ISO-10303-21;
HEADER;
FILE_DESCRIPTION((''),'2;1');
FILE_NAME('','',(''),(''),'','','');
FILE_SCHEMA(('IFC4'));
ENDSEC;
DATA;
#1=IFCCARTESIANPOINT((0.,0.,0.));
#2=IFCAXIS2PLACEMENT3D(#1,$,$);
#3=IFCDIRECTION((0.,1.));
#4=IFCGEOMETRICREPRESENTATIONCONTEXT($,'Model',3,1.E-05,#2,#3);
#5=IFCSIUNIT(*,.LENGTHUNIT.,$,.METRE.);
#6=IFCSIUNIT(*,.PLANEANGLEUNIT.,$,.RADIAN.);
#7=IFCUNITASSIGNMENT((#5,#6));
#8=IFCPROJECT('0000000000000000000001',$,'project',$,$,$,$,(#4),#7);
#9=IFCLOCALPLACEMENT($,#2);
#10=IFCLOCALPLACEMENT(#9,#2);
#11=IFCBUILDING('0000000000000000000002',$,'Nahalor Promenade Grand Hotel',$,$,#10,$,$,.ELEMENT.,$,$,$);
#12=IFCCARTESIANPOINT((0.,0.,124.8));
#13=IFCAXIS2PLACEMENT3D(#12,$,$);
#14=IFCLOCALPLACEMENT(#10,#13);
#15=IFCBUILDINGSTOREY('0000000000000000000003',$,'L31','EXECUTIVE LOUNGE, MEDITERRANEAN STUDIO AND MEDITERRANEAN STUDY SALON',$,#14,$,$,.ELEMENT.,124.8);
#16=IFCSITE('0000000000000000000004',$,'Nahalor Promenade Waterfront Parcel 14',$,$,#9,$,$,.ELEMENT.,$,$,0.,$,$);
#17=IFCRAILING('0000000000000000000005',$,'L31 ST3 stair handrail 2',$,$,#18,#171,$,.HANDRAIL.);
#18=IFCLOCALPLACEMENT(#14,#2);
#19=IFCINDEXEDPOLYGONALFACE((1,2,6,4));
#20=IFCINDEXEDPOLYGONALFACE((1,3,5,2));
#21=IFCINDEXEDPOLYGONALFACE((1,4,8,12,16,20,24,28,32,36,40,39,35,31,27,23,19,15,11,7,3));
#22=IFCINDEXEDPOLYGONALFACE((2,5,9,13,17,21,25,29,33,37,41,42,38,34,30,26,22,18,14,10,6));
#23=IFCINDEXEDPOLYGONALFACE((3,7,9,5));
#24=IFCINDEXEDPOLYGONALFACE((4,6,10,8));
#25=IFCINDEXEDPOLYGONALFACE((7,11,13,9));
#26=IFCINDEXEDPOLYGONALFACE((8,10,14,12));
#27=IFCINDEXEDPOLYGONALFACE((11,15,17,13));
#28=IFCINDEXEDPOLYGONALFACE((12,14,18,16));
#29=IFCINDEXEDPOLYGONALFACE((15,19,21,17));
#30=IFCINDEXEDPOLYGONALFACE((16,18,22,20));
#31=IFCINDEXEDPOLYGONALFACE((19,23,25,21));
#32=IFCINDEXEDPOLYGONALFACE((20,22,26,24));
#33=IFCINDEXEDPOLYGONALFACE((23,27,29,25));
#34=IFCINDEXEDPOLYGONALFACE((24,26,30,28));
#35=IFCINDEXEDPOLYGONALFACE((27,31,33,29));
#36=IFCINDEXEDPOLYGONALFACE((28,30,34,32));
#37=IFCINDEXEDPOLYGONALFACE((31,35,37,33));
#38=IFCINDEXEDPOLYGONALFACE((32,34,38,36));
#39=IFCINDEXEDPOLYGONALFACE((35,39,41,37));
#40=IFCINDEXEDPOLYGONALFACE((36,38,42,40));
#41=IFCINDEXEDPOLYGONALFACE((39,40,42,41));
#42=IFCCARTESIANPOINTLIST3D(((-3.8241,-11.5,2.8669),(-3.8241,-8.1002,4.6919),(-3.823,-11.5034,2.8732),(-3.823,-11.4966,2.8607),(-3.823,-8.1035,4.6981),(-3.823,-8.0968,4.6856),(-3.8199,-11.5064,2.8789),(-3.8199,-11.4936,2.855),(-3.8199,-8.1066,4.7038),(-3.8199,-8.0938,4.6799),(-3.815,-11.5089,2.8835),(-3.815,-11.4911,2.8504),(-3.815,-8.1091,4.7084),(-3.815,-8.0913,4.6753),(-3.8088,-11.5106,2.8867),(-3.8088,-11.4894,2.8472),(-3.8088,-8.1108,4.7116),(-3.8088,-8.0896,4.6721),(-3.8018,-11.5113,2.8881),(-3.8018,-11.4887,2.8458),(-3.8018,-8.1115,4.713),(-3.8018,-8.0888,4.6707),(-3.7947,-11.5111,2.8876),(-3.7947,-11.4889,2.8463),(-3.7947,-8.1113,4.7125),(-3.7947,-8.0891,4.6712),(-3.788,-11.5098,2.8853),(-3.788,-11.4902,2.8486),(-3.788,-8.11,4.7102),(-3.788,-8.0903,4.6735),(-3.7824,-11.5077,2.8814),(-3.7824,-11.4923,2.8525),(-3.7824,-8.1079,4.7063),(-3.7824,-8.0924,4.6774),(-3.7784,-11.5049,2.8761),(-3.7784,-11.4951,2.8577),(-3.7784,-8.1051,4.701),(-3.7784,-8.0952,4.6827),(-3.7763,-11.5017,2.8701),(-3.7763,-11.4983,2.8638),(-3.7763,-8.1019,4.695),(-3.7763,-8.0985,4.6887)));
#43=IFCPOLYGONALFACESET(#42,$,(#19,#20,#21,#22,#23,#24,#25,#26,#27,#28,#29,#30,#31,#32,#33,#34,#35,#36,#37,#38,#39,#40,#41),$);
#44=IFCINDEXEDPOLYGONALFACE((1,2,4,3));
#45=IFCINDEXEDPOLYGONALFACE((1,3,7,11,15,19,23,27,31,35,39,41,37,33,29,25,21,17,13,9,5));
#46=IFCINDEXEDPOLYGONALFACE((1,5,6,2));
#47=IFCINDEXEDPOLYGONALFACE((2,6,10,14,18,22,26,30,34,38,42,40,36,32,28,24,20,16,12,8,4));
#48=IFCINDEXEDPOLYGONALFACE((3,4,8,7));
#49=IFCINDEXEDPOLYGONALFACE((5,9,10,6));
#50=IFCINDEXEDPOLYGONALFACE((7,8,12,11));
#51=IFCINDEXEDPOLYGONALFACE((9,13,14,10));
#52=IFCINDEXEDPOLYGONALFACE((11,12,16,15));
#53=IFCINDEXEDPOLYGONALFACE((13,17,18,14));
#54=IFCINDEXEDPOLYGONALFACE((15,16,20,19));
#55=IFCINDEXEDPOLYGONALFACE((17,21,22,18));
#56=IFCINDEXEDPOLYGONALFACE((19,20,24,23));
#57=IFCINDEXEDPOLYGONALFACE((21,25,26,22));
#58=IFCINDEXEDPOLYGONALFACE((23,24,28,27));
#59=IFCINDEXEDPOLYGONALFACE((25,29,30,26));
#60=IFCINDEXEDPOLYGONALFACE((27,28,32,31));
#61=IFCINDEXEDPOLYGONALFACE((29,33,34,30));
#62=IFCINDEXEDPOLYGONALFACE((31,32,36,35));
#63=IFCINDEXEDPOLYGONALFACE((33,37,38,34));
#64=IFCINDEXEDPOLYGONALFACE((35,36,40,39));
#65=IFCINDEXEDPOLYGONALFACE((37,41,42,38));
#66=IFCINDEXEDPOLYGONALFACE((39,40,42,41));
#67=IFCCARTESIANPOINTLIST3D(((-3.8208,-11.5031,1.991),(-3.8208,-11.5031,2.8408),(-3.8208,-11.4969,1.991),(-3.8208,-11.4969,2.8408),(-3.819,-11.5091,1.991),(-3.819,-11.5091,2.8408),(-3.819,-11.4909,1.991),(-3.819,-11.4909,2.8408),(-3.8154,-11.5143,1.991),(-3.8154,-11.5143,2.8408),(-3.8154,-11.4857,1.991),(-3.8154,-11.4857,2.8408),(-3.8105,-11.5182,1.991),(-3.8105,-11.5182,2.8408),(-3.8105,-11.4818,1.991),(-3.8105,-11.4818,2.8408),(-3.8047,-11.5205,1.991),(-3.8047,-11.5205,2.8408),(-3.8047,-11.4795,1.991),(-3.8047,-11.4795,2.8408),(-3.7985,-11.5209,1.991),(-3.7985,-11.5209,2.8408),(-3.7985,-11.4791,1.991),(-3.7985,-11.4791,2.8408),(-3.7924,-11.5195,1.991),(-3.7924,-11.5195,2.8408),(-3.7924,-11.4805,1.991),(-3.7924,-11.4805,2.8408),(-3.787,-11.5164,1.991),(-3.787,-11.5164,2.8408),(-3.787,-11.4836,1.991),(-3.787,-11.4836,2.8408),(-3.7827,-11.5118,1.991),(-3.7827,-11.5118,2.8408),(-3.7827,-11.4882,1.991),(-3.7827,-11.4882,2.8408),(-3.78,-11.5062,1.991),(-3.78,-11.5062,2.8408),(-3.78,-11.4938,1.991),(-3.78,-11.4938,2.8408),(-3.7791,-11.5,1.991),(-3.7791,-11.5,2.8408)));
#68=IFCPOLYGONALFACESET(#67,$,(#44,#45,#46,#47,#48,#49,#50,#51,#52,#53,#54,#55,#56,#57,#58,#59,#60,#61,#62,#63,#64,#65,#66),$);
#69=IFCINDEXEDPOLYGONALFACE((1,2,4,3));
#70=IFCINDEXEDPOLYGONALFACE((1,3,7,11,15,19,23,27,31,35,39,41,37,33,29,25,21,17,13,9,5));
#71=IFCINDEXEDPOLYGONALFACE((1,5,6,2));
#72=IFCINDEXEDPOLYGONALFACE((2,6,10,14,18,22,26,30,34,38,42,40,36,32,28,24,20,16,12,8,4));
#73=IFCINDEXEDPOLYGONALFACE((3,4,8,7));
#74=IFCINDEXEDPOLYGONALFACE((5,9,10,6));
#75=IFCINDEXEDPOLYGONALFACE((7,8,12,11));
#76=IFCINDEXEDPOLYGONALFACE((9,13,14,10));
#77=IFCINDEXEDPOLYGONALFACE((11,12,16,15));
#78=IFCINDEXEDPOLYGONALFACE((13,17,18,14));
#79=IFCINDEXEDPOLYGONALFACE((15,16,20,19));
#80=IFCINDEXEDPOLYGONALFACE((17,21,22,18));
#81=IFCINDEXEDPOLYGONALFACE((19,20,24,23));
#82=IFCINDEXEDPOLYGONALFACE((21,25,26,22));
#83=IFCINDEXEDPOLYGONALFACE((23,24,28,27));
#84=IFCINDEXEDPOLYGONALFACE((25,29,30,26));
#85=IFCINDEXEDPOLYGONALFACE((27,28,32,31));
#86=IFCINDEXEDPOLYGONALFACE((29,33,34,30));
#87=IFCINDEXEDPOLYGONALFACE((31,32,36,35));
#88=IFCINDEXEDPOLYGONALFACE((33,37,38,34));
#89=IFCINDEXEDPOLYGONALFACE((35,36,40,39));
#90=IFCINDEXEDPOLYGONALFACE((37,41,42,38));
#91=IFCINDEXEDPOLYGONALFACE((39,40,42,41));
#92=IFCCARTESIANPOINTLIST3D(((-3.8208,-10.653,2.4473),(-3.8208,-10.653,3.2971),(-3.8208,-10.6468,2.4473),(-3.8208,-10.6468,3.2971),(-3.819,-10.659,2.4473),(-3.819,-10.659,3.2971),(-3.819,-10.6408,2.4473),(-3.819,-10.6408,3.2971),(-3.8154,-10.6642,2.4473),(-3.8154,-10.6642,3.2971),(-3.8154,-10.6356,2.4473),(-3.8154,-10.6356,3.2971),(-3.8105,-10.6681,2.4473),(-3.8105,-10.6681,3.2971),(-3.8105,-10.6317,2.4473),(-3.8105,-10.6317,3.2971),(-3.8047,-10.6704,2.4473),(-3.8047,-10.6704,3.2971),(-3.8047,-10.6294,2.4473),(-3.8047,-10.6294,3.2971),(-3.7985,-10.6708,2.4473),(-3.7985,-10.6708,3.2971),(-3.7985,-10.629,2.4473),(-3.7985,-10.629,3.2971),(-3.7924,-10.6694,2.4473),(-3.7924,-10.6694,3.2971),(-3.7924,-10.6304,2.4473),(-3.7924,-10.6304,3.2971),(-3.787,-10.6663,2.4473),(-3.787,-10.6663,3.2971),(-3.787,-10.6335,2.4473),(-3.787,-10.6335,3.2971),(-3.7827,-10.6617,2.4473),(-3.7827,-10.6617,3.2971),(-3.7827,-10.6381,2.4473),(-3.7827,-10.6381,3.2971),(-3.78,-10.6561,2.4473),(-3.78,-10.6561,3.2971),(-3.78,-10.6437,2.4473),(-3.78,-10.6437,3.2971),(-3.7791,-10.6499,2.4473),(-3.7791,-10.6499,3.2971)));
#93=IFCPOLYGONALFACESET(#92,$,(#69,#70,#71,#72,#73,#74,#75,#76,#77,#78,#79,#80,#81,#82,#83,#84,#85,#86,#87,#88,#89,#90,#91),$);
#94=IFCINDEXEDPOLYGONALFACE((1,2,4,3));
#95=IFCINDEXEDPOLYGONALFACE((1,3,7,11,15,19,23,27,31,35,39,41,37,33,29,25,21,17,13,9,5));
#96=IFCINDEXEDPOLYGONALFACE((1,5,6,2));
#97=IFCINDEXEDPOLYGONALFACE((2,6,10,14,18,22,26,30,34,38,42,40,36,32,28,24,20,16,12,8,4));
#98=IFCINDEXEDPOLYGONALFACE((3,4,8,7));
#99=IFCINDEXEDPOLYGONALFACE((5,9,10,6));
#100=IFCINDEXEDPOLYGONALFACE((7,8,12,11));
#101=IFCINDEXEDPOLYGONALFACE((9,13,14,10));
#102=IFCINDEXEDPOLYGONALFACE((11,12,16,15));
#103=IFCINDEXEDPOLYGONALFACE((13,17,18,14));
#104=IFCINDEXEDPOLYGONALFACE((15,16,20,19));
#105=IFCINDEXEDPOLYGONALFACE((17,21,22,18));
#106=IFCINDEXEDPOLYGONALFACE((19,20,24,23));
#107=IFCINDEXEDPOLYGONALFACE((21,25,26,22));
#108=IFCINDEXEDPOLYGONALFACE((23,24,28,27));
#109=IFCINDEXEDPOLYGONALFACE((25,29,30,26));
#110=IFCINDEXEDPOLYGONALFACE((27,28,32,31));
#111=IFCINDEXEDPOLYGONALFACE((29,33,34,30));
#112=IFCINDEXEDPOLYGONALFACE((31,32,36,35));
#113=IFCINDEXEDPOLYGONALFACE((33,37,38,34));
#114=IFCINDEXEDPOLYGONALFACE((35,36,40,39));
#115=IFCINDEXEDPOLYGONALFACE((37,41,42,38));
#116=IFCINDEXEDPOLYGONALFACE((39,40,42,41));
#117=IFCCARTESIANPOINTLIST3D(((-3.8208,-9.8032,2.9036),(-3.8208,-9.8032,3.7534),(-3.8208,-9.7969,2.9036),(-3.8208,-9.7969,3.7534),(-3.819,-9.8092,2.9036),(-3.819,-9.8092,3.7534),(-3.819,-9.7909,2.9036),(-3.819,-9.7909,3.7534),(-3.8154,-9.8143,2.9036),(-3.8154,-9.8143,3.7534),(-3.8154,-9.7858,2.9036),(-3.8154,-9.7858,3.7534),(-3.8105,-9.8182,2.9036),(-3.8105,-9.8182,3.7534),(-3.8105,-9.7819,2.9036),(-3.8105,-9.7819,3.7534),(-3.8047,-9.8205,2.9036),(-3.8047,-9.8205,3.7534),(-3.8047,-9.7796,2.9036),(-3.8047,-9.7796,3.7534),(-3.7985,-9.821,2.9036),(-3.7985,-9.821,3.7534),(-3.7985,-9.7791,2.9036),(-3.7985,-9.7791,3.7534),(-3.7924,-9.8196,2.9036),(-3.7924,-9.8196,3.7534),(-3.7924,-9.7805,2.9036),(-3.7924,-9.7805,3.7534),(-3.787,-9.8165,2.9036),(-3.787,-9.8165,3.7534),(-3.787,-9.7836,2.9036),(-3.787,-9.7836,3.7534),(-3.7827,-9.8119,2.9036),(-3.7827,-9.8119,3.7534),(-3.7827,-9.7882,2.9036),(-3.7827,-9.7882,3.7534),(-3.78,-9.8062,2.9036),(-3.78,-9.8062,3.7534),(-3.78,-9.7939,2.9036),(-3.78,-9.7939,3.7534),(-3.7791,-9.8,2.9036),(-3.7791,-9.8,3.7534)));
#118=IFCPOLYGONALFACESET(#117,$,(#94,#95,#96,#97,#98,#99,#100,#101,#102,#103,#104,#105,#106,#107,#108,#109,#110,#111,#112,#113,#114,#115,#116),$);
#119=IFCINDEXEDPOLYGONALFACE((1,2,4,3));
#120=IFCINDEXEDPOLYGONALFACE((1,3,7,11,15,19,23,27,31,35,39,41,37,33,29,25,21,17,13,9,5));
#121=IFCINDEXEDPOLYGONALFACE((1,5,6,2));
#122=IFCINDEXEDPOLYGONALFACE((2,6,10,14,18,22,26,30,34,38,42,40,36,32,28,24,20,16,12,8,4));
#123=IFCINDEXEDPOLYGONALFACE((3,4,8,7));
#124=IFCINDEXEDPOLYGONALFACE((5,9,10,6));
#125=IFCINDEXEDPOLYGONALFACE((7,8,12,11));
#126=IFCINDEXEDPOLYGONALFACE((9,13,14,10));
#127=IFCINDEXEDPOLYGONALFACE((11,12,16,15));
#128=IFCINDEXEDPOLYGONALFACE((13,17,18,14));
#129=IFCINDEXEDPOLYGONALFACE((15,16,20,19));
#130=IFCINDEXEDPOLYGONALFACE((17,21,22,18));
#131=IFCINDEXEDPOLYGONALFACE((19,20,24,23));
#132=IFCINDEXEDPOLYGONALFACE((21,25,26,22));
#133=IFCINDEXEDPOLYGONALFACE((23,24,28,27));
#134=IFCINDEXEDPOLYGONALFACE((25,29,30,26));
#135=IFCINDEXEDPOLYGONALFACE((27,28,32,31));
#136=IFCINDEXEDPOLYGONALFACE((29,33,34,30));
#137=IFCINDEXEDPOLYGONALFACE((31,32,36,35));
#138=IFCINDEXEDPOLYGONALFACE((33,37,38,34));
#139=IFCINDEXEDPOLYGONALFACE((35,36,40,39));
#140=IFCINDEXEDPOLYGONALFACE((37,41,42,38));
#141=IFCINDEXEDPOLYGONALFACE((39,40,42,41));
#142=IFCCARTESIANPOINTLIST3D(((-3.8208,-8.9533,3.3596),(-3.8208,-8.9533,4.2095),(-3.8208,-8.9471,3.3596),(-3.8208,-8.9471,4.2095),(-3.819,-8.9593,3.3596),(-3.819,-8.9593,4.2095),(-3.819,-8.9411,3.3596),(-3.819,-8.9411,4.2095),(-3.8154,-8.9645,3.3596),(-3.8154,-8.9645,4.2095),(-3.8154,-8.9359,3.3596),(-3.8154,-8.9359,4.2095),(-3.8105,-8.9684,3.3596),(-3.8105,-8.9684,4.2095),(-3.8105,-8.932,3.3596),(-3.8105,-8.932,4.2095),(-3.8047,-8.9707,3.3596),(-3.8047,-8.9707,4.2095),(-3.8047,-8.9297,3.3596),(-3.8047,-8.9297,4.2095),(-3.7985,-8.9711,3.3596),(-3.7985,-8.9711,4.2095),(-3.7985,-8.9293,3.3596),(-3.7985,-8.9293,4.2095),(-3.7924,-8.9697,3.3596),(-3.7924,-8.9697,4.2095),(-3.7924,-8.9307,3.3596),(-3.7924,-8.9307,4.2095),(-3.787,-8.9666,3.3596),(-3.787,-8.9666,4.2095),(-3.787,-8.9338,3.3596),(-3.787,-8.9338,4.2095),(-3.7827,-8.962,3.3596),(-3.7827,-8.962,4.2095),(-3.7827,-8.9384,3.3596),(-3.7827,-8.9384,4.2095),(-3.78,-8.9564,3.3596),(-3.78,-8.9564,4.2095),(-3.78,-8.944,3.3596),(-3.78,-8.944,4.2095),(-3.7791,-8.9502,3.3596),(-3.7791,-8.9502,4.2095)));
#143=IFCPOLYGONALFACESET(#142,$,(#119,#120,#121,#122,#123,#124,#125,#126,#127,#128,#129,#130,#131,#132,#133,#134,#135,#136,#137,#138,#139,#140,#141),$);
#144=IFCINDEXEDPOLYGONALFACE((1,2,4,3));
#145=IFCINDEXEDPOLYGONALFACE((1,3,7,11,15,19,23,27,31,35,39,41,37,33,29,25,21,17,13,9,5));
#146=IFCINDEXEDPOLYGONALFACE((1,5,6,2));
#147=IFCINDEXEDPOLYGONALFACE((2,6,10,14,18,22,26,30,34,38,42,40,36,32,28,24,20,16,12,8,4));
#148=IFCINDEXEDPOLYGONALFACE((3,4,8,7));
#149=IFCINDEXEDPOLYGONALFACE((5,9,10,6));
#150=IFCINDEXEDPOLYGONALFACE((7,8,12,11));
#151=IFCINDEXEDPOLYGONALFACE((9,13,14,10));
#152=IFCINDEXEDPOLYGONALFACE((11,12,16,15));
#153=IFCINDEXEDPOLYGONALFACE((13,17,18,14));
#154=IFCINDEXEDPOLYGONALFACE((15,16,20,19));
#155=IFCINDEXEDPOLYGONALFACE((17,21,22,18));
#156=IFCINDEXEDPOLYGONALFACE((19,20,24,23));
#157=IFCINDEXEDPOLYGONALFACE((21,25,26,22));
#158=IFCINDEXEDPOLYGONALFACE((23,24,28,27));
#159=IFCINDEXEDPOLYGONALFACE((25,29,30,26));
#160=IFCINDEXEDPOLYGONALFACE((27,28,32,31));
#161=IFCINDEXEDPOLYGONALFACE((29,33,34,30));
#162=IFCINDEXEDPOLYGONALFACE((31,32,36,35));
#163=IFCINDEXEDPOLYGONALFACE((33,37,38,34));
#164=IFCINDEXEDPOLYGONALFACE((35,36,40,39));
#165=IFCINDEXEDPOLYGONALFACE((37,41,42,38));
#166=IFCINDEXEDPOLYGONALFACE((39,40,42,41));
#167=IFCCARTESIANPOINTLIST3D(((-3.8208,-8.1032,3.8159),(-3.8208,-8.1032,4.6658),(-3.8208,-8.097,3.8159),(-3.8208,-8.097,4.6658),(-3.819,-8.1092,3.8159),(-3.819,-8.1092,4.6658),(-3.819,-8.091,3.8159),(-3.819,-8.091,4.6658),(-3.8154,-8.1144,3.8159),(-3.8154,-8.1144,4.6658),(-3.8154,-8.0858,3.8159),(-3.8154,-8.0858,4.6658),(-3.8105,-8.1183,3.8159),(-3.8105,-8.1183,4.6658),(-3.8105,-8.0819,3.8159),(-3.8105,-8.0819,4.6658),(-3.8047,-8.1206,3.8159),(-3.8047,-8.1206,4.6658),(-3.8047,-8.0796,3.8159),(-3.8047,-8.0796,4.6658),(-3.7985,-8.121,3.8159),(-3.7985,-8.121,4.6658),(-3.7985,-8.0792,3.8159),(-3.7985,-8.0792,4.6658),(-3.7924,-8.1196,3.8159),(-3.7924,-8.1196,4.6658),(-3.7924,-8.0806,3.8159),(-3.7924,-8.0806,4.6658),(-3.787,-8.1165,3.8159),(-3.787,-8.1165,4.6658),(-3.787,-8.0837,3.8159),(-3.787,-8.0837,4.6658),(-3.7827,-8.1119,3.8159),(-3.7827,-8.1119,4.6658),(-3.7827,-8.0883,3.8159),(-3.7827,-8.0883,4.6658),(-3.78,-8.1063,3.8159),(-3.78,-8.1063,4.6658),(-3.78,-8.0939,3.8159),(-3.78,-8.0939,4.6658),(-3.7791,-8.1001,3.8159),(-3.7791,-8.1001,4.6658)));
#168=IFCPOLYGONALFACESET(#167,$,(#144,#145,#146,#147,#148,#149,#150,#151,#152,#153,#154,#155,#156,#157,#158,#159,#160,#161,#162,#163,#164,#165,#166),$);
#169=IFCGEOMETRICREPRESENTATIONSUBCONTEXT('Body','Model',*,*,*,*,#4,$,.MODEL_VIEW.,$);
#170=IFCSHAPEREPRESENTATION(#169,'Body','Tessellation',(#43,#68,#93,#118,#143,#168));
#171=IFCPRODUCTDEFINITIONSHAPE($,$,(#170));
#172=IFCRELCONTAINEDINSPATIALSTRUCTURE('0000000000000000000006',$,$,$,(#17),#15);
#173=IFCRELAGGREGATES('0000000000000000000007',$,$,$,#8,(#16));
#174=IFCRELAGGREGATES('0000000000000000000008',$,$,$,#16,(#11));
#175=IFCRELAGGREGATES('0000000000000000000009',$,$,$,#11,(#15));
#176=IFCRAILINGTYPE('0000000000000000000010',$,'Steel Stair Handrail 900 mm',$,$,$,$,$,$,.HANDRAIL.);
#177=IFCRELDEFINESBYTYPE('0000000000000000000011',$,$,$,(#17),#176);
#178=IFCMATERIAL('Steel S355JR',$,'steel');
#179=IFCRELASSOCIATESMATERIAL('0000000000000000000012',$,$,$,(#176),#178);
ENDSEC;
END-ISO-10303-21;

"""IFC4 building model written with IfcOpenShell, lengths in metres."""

from ifc_helpers import new_model, si_unit, direction, frame, origin, origin_2d, place, context, subcontext, project, spatial, circle, extrude, material, type_object, element, save


model = new_model("IFC4")

# Units and contexts
model_context = context("Model", 3, precision=1e-05, world=origin(), true_north=direction((0.0, 1.0)))
body_context = subcontext(model_context, "Body", "Model", "MODEL_VIEW")
ifc_project = project(units=[si_unit("LENGTHUNIT", "METRE"), si_unit("PLANEANGLEUNIT", "RADIAN")], contexts=[model_context])

# Site, building, storey
site_placement = place(None, origin())
site = spatial("IfcSite", under=ifc_project, at=site_placement, Name="Nahalor Promenade Waterfront Parcel 14", CompositionType="ELEMENT", RefElevation=0.0)
building_placement = place(site_placement, origin())
building = spatial("IfcBuilding", under=site, at=building_placement, Name="Nahalor Promenade Grand Hotel", CompositionType="ELEMENT")
storey_placement = place(building_placement, frame((0.0, 0.0, 124.8)))
storey = spatial("IfcBuildingStorey", under=building, at=storey_placement, Name="L31", Description="EXECUTIVE LOUNGE, MEDITERRANEAN STUDIO AND MEDITERRANEAN STUDY SALON", CompositionType="ELEMENT", Elevation=124.8)

# Shared definitions
ifc_material_1 = material(Name="Steel S355JR", Category="steel")

# Railing
railing_type_1 = type_object("IfcRailingType", Name="Steel Stair Handrail 900 mm", PredefinedType="HANDRAIL", material=ifc_material_1)
railing_1_placement = place(storey_placement, frame((-3.8, -11.5, 1.991)))
element("IfcRailing", 1, at=railing_1_placement, inside=storey, type_object=railing_type_1, Name="L31 ST3 stair handrail 2", PredefinedType="HANDRAIL", context=body_context, shape_type="SweptSolid", body=[
    extrude(circle(Radius=0.024, at=origin_2d()), frame((0.0, 0.0, 0.876), z_axis=(0.0, 0.881094, 0.472941), x_axis=(-1.0, 0.0, 0.0)), (0.0, 0.0, 1.0), 3.8586),
    extrude(circle(Radius=0.021, at=origin_2d()), origin(), (0.0, 0.0, 1.0), 0.8499),
    extrude(circle(Radius=0.021, at=origin_2d()), frame((0.0, 0.8501, 0.4563)), (0.0, 0.0, 1.0), 0.8499),
    extrude(circle(Radius=0.021, at=origin_2d()), frame((0.0, 1.7, 0.9126)), (0.0, 0.0, 1.0), 0.8499),
    extrude(circle(Radius=0.021, at=origin_2d()), frame((0.0, 2.5498, 1.3687)), (0.0, 0.0, 1.0), 0.8499),
    extrude(circle(Radius=0.021, at=origin_2d()), frame((0.0, 3.3999, 1.825)), (0.0, 0.0, 1.0), 0.8499),
])

save(model, "model.ifc")
